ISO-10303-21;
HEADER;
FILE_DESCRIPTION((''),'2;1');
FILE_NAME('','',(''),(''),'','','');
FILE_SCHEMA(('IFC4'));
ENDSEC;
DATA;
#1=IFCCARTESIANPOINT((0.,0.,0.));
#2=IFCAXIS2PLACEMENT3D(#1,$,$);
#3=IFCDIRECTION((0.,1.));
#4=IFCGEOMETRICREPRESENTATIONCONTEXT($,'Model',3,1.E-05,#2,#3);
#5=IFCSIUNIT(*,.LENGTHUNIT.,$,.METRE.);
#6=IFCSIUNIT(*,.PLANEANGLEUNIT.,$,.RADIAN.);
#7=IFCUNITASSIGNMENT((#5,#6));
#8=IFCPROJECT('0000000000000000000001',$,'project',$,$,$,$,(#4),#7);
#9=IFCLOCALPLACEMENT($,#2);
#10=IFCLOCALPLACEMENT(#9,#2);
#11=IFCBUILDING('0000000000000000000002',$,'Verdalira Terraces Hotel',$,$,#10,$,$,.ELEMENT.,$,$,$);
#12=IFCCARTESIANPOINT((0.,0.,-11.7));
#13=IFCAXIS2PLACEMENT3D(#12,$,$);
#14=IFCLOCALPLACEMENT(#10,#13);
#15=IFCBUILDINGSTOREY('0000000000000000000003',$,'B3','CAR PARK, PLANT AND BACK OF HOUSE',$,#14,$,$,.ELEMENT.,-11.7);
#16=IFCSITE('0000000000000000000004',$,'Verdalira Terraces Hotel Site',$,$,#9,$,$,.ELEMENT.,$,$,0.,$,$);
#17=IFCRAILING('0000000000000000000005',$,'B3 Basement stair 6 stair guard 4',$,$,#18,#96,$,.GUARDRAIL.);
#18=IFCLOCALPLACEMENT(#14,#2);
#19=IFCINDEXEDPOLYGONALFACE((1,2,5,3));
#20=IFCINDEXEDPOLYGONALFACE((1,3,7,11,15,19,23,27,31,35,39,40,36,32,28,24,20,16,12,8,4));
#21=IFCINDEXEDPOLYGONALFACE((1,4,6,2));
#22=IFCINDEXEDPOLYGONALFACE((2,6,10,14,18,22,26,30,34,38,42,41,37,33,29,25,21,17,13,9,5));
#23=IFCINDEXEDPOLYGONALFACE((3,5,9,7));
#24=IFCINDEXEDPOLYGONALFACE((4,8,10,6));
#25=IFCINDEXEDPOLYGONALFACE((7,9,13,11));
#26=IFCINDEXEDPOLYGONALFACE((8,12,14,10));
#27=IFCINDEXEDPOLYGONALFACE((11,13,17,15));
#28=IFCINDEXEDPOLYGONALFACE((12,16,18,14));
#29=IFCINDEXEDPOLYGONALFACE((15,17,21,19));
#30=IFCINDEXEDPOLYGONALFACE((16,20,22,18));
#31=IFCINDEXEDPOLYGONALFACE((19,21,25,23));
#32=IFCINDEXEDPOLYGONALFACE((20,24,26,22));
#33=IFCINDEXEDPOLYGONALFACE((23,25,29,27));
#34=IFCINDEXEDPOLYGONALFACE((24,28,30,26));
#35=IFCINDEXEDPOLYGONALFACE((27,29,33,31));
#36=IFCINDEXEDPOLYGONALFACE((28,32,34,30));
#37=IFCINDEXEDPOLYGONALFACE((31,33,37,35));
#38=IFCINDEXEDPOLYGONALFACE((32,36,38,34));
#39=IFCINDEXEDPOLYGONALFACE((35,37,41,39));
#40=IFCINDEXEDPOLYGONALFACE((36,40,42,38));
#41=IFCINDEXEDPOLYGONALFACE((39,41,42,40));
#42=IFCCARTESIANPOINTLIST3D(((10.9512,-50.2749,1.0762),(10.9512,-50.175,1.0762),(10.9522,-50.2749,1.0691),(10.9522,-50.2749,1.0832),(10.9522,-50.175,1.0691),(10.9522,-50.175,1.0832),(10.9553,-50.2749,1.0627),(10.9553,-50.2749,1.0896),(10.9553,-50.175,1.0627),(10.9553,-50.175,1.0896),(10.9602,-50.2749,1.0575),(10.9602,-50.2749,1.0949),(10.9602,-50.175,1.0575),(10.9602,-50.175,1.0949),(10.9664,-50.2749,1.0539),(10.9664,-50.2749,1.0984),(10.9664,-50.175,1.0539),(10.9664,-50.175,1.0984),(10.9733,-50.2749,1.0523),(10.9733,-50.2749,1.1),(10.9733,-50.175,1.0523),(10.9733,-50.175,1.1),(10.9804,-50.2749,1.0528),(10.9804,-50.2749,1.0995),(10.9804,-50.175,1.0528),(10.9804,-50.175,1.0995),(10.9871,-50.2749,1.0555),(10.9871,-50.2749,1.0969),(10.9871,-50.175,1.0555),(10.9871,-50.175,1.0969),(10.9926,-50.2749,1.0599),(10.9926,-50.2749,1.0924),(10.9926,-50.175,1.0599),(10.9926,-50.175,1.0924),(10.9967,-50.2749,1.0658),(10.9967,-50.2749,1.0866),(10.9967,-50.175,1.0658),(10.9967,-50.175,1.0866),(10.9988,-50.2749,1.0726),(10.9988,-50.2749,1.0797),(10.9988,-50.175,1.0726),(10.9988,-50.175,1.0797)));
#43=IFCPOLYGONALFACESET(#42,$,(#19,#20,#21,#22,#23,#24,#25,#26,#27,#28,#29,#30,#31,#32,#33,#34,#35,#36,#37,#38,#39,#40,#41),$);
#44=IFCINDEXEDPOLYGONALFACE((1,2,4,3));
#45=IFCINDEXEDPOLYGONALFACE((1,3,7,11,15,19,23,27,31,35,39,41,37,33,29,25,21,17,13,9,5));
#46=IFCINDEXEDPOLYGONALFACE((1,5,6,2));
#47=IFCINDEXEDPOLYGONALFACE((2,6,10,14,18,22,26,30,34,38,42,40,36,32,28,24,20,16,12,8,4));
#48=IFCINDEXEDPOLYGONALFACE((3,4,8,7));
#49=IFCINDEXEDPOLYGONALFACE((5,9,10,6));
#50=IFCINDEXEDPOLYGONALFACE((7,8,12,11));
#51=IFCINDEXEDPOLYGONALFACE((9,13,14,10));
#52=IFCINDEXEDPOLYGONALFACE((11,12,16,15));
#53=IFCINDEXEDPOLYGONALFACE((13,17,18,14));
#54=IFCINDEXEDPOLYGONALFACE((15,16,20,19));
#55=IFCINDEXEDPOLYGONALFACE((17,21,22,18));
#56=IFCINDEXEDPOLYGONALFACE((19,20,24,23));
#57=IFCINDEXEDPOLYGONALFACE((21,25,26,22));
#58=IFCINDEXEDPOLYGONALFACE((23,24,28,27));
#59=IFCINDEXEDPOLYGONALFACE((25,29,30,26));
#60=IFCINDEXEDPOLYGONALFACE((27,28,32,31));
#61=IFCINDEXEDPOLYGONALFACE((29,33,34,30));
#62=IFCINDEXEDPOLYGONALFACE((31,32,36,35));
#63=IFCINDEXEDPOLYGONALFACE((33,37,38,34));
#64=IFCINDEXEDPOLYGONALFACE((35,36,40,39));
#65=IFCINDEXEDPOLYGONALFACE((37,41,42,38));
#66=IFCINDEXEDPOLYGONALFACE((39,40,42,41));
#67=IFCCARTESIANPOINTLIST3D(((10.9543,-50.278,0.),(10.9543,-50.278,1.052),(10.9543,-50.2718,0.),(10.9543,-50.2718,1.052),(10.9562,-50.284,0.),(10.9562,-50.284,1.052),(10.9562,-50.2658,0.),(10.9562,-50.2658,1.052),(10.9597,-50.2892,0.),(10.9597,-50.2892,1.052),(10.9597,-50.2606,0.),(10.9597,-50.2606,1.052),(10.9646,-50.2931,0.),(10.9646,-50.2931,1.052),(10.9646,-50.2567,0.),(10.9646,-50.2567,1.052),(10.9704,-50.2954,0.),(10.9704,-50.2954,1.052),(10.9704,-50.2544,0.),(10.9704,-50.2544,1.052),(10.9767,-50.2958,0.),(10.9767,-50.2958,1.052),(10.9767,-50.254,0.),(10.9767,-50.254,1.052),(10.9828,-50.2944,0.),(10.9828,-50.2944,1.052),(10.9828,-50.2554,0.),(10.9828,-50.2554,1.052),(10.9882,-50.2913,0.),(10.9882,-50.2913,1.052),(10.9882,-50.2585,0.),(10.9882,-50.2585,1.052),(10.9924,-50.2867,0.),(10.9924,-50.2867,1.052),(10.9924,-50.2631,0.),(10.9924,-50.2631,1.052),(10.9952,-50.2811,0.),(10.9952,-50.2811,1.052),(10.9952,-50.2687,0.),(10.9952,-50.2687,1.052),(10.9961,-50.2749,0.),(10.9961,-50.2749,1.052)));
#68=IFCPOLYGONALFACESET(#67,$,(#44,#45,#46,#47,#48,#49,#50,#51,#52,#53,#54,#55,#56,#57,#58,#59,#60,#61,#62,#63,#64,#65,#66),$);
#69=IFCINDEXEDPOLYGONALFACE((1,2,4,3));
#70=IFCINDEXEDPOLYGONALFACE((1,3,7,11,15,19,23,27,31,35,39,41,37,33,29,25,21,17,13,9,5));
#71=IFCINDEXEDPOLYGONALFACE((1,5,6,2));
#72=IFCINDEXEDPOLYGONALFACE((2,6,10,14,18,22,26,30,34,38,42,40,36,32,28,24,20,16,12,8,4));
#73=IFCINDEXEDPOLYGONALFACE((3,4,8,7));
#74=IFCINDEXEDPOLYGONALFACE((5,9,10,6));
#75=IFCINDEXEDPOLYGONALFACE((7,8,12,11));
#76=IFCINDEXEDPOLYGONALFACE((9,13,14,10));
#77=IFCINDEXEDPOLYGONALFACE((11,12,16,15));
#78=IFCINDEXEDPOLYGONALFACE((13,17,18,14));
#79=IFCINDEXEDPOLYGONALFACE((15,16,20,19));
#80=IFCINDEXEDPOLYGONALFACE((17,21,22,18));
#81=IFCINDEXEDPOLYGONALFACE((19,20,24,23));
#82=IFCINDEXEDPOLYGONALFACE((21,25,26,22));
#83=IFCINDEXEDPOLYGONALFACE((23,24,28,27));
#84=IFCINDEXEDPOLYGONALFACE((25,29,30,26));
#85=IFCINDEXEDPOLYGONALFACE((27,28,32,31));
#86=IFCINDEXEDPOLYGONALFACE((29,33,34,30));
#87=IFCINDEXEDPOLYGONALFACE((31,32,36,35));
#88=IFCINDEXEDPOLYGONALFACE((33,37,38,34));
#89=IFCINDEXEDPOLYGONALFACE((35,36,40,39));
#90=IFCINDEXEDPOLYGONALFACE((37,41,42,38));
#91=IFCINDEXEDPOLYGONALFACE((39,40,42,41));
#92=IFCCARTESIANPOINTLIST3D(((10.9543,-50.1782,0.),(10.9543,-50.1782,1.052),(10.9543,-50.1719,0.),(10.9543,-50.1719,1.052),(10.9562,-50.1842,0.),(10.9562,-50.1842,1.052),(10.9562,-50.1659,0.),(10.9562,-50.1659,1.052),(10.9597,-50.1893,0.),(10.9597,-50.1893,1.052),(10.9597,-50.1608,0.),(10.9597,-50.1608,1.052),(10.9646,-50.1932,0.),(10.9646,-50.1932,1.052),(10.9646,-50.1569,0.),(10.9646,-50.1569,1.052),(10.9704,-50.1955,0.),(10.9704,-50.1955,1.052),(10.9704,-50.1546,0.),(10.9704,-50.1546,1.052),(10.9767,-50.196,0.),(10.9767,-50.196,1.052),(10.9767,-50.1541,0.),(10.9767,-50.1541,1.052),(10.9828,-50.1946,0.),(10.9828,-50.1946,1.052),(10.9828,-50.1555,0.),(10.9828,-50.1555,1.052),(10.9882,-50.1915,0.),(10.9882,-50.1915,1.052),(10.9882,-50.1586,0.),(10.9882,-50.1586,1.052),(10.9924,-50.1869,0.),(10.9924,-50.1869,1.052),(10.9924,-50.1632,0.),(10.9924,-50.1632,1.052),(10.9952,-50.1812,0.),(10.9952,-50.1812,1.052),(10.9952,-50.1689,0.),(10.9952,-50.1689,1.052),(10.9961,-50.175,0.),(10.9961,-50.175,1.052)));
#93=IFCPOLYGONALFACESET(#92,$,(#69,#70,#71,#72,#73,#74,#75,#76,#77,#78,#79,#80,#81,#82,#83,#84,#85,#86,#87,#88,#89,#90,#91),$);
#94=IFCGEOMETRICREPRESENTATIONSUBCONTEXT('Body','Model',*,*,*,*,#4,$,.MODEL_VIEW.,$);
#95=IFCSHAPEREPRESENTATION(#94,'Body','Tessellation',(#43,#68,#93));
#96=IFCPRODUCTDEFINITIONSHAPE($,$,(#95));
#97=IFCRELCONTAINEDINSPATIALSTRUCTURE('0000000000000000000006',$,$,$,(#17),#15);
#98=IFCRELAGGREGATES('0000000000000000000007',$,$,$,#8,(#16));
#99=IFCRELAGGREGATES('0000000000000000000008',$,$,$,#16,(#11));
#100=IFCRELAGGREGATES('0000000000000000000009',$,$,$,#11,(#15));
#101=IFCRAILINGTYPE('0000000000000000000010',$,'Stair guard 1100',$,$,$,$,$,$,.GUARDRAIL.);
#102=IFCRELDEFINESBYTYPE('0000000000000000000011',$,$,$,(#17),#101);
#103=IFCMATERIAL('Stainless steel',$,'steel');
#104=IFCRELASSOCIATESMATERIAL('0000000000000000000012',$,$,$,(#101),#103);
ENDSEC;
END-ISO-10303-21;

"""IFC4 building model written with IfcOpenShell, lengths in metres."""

from ifc_helpers import new_model, si_unit, direction, frame, origin, origin_2d, place, context, subcontext, project, spatial, circle, extrude, material, type_object, element, save


model = new_model("IFC4")

# Units and contexts
model_context = context("Model", 3, precision=1e-05, world=origin(), true_north=direction((0.0, 1.0)))
body_context = subcontext(model_context, "Body", "Model", "MODEL_VIEW")
ifc_project = project(units=[si_unit("LENGTHUNIT", "METRE"), si_unit("PLANEANGLEUNIT", "RADIAN")], contexts=[model_context])

# Site, building, storey
site_placement = place(None, origin())
site = spatial("IfcSite", under=ifc_project, at=site_placement, Name="Verdalira Terraces Hotel Site", CompositionType="ELEMENT", RefElevation=0.0)
building_placement = place(site_placement, origin())
building = spatial("IfcBuilding", under=site, at=building_placement, Name="Verdalira Terraces Hotel", CompositionType="ELEMENT")
storey_placement = place(building_placement, frame((0.0, 0.0, -11.7)))
storey = spatial("IfcBuildingStorey", under=building, at=storey_placement, Name="B3", Description="CAR PARK, PLANT AND BACK OF HOUSE", CompositionType="ELEMENT", Elevation=-11.7)

# Railing
ifc_material_1 = material(Name="Stainless steel", Category="steel")
railing_type_1 = type_object("IfcRailingType", Name="Stair guard 1100", PredefinedType="GUARDRAIL", material=ifc_material_1)
railing_1_placement = place(storey_placement, frame((10.9751, -50.2749, 0.0)))
element("IfcRailing", 1, at=railing_1_placement, inside=storey, type_object=railing_type_1, Name="B3 Basement stair 6 stair guard 4", PredefinedType="GUARDRAIL", context=body_context, shape_type="SweptSolid", body=[
    extrude(circle(Radius=0.0239, at=origin_2d()), frame((0.0, 0.0, 1.0762), z_axis=(0.0, 1.0, 0.0), x_axis=(-1.0, 0.0, 0.0)), (0.0, 0.0, 1.0), 0.0999),
    extrude(circle(Radius=0.021, at=origin_2d()), origin(), (0.0, 0.0, 1.0), 1.052),
    extrude(circle(Radius=0.021, at=origin_2d()), frame((0.0, 0.0999, 0.0)), (0.0, 0.0, 1.0), 1.052),
])

save(model, "model.ifc")
